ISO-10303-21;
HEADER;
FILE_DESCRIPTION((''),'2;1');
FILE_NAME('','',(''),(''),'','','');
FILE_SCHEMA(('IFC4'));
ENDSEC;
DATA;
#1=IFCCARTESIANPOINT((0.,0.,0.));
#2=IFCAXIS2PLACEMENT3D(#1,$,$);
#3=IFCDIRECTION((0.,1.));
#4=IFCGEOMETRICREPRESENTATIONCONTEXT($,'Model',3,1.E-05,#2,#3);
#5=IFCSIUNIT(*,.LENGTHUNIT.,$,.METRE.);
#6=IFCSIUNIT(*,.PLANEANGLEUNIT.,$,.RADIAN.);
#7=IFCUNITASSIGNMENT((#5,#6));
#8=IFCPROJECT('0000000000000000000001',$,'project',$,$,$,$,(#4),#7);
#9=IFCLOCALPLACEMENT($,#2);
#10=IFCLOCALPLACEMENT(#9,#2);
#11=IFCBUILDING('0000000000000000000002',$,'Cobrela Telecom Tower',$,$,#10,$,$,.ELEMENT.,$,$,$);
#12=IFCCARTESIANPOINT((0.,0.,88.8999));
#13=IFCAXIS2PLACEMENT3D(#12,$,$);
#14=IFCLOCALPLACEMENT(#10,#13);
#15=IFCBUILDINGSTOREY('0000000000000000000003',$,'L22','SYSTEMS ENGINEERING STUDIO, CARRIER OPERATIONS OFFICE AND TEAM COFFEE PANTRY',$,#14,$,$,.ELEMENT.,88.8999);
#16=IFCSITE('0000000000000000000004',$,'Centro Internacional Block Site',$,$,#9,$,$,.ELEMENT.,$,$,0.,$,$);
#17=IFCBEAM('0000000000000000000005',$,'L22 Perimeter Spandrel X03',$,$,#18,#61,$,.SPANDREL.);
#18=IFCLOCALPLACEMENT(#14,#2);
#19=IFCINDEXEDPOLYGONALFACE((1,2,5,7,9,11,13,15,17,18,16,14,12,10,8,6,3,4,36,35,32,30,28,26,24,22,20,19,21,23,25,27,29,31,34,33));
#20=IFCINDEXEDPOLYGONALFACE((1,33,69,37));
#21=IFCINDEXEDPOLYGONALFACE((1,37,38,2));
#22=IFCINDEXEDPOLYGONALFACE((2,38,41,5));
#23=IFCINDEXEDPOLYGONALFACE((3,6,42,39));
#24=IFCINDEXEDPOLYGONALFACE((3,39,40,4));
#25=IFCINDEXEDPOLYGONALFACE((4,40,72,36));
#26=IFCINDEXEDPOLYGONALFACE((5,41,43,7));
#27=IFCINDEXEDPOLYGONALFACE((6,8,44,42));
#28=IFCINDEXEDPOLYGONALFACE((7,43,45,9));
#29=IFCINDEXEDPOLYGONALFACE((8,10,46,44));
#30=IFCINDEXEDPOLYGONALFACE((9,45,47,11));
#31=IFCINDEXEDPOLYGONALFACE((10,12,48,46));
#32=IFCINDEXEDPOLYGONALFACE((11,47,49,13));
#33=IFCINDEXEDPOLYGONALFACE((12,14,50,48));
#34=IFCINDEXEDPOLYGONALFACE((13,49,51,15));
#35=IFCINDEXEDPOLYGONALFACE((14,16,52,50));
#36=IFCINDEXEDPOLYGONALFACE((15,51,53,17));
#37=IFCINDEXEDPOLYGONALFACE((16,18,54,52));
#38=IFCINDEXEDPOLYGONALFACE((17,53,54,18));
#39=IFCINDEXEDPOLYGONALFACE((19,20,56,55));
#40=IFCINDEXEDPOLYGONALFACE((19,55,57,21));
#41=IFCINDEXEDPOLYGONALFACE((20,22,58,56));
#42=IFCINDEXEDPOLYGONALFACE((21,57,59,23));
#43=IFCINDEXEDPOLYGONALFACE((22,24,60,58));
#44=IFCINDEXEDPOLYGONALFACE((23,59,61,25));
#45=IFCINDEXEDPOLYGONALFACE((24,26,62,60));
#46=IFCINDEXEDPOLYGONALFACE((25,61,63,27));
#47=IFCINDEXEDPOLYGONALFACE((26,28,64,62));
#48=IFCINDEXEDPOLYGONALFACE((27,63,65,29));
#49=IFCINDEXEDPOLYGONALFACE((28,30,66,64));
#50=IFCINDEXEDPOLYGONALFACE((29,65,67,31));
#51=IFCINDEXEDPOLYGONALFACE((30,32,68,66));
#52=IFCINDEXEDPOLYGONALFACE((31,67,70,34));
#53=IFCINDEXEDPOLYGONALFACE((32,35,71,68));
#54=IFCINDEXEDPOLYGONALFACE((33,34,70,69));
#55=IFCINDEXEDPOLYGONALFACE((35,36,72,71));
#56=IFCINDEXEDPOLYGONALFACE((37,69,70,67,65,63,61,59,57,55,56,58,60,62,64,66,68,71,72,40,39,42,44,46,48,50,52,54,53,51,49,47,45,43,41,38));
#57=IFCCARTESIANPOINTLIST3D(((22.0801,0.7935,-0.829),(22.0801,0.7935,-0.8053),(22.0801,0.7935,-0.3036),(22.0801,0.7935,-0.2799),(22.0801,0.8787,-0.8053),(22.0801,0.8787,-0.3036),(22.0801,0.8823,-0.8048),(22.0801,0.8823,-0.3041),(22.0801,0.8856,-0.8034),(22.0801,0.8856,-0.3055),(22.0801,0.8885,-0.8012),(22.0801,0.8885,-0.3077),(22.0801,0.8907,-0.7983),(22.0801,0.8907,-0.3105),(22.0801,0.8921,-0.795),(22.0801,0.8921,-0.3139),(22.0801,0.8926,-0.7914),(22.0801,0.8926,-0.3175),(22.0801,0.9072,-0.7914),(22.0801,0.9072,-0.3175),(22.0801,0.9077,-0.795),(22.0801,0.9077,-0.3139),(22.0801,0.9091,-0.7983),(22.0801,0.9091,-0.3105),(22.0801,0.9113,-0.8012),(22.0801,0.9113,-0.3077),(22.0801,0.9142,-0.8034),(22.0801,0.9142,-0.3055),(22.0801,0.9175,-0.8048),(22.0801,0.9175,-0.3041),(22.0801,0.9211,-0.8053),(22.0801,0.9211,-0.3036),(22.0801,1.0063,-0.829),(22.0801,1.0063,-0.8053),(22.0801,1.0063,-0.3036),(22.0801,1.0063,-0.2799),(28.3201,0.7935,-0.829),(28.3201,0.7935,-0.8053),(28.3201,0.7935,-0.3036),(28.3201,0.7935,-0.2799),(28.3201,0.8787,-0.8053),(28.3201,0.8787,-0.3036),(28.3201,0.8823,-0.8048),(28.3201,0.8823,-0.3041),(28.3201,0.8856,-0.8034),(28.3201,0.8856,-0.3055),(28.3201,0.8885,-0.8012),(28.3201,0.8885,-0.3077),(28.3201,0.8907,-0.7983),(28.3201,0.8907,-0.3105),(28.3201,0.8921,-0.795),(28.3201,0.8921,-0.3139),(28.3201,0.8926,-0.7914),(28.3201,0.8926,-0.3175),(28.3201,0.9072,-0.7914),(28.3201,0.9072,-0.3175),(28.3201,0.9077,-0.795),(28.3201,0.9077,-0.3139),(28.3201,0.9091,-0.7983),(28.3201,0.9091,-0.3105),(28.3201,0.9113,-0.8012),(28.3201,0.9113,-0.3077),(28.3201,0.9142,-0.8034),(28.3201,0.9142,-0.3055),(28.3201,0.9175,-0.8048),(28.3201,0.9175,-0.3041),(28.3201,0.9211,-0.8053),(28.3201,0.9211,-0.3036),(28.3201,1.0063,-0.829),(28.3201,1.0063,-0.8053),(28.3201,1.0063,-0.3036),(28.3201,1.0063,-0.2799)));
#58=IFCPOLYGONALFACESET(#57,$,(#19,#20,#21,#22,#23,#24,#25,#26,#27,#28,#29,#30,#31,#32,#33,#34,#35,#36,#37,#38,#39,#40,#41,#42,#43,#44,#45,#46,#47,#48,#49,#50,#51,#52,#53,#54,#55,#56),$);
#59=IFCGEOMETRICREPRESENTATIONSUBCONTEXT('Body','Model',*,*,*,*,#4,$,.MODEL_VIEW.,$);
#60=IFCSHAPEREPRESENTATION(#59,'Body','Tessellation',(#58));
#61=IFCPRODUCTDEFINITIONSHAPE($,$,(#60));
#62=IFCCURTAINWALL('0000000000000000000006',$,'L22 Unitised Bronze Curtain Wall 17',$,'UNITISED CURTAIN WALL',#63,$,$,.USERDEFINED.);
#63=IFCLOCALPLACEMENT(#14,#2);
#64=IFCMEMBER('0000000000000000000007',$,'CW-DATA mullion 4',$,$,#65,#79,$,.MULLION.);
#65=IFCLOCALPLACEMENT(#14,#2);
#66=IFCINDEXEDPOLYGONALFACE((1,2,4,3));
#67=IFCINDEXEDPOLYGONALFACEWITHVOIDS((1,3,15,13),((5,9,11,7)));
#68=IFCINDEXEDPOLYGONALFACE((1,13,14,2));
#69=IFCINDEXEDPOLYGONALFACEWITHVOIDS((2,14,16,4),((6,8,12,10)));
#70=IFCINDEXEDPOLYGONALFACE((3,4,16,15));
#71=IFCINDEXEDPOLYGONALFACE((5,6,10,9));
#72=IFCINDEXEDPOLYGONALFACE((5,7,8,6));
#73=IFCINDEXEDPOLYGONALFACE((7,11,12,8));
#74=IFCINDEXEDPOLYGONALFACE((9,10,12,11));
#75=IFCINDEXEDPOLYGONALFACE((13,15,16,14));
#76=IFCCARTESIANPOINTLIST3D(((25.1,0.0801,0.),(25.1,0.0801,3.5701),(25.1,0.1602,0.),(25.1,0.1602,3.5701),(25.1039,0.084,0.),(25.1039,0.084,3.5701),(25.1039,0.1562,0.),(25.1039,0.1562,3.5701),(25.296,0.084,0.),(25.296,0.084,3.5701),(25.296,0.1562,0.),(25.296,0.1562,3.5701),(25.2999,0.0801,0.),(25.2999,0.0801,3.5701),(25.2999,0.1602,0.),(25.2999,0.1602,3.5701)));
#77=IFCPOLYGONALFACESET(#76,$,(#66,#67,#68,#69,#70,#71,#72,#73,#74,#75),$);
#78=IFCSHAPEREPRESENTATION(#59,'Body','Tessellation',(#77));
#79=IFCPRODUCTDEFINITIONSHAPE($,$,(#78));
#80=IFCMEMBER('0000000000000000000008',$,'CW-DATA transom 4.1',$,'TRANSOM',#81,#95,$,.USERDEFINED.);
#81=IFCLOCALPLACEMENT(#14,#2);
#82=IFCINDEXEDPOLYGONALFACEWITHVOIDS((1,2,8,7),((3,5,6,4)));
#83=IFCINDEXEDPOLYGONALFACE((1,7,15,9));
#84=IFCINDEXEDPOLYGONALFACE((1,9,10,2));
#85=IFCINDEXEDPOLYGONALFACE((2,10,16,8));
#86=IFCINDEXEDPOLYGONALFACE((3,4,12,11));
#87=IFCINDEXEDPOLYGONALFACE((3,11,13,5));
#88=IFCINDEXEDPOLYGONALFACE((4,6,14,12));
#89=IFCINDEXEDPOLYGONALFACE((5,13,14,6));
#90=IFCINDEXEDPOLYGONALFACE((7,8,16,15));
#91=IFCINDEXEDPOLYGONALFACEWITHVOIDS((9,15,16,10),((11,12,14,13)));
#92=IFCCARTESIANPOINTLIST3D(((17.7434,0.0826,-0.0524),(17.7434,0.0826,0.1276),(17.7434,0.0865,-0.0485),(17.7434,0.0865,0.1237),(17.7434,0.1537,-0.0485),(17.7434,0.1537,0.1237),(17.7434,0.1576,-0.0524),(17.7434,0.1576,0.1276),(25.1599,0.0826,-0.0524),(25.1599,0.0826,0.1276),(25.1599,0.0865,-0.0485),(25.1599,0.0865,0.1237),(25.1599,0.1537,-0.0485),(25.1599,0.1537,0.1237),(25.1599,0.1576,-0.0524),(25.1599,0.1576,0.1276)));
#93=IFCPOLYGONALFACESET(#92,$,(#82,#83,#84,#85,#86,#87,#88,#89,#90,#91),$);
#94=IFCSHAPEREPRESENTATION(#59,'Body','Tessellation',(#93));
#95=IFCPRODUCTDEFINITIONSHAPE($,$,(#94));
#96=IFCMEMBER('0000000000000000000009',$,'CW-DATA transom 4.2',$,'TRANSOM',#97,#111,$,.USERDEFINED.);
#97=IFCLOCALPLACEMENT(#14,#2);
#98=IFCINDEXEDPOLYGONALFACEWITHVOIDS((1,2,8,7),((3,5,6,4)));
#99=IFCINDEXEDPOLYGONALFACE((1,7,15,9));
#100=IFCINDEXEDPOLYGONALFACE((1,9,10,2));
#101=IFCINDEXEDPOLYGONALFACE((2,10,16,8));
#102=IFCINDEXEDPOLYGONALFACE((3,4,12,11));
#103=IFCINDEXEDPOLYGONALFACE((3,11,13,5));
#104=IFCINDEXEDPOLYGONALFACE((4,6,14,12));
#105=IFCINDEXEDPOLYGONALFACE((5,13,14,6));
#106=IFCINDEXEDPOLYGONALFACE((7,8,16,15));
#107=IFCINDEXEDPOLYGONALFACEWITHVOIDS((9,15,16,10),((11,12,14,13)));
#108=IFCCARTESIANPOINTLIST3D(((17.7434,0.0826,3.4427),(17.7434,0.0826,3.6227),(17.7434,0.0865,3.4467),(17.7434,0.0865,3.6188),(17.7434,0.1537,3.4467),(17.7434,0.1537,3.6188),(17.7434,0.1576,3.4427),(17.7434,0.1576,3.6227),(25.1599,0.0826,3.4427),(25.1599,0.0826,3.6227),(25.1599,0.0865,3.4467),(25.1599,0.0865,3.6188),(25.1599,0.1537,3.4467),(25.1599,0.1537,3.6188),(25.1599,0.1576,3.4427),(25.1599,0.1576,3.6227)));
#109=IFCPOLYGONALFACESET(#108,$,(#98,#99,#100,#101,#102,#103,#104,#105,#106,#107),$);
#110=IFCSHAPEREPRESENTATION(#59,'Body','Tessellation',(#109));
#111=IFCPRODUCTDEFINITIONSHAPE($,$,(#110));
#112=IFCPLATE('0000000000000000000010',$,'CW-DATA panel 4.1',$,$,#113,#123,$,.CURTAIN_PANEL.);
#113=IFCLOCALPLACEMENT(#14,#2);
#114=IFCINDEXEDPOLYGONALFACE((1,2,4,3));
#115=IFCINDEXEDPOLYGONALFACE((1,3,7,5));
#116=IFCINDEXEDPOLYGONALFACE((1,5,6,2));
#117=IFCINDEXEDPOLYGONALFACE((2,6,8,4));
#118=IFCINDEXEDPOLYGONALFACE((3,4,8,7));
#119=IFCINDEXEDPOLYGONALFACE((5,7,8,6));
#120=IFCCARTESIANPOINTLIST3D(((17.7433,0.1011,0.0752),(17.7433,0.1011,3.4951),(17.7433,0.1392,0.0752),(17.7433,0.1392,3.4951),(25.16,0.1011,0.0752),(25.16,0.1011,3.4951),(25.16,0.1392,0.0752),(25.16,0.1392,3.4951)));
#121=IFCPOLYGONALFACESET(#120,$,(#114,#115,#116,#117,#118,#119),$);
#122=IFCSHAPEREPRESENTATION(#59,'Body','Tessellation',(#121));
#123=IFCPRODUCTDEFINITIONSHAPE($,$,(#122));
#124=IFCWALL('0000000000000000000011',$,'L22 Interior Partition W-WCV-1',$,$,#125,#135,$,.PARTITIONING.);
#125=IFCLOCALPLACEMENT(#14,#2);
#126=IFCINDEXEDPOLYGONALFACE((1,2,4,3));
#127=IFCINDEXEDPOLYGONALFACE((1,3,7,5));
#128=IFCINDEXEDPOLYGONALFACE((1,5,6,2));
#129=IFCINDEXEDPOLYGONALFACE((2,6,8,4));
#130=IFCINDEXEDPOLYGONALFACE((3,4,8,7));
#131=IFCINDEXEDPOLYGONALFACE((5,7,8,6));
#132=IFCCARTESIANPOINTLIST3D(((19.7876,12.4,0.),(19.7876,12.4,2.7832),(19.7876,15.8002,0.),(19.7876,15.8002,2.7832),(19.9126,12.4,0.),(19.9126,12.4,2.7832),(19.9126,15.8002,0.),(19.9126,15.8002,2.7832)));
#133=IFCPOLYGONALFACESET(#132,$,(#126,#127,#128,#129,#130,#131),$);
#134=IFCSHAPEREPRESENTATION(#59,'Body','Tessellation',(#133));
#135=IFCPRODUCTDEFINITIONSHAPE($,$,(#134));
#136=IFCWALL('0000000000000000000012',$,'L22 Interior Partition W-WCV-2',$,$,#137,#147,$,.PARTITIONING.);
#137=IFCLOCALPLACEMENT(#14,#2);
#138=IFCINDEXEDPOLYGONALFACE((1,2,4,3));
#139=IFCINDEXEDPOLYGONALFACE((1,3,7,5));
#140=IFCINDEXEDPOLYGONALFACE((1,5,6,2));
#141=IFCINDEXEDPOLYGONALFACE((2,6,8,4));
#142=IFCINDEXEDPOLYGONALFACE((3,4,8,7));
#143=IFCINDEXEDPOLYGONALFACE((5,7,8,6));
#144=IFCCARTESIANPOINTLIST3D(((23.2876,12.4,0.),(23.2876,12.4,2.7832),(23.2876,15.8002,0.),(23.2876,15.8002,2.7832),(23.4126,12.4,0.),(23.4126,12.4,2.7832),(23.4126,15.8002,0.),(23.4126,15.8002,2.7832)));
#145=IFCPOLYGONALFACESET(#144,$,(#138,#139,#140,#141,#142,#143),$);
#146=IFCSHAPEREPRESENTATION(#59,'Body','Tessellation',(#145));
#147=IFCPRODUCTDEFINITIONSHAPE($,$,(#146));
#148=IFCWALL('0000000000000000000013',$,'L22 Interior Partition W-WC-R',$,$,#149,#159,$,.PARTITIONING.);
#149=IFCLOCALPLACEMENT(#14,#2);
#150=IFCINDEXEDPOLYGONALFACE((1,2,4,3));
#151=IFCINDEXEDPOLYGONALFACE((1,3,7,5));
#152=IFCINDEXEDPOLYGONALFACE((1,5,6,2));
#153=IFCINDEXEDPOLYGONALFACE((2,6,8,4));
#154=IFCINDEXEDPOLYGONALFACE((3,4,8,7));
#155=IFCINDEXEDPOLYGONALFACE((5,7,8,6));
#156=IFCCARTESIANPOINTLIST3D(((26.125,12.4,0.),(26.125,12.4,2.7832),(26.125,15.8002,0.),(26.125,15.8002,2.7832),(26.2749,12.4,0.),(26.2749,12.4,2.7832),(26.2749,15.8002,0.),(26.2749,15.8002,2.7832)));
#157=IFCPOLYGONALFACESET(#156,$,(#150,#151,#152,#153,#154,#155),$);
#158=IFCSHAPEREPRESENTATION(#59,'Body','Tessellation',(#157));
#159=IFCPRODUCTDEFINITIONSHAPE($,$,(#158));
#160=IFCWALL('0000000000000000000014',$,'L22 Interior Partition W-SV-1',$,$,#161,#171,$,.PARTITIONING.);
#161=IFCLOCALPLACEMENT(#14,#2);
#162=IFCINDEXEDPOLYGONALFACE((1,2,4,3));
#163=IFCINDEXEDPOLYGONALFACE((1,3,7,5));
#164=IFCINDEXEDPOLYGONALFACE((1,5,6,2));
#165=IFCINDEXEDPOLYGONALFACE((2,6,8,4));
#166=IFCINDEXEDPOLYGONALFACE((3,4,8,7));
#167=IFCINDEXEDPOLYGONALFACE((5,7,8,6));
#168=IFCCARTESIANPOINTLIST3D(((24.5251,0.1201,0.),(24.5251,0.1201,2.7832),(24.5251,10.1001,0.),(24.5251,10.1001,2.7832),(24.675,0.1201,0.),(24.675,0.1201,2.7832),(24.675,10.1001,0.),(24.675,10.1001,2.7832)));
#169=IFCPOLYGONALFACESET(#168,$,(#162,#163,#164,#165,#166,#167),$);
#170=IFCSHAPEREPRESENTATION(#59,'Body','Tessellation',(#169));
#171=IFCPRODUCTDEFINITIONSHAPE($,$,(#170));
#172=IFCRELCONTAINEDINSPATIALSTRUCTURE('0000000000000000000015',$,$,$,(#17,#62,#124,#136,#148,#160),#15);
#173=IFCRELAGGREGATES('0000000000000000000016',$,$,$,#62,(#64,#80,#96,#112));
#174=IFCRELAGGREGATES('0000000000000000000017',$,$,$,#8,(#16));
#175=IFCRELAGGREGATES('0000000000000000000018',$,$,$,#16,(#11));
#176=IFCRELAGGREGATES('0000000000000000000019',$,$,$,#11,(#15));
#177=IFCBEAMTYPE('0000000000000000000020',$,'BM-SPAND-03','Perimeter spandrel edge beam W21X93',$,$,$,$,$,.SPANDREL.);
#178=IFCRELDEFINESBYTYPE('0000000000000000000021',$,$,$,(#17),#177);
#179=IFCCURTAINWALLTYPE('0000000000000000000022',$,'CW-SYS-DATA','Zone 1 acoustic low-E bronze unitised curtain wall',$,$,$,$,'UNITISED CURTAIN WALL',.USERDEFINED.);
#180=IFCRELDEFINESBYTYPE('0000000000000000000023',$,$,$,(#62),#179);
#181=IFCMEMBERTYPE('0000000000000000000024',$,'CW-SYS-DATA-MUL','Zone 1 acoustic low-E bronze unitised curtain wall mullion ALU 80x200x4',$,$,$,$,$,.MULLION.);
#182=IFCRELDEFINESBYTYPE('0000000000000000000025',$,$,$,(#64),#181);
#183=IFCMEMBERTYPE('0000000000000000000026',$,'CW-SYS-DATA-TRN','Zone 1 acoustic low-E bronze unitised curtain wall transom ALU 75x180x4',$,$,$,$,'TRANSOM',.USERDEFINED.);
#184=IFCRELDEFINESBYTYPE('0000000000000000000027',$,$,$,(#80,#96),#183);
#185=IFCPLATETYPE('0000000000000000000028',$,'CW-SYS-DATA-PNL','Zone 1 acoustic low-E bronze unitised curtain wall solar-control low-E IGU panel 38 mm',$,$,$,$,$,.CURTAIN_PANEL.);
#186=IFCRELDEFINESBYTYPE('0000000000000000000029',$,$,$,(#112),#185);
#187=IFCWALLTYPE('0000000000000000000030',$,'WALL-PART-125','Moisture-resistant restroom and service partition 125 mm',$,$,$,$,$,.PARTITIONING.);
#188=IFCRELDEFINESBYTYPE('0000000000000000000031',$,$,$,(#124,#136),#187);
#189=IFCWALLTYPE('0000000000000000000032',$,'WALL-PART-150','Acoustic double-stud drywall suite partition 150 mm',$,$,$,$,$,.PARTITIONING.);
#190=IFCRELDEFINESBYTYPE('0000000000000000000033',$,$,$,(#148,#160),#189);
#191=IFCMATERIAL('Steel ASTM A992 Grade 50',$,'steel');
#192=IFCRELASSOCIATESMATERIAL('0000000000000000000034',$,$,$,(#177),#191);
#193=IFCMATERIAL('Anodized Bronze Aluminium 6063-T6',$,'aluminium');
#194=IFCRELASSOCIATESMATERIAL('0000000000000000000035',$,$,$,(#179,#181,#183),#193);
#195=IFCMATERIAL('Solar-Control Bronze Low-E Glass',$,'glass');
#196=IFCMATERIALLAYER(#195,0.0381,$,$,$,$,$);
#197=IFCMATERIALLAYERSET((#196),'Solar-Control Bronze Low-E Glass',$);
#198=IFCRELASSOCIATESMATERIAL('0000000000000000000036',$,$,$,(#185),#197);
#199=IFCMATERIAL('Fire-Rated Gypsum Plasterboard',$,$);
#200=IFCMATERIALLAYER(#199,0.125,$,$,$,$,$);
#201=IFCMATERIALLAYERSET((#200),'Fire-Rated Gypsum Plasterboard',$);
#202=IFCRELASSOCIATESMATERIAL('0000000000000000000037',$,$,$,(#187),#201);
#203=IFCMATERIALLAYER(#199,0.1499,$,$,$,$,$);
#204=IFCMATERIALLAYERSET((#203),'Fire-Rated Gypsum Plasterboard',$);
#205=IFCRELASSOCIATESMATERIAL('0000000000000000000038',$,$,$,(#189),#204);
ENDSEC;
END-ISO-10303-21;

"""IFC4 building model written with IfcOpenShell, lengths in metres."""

from ifc_helpers import new_model, si_unit, direction, frame, frame_2d, origin, origin_2d, place, context, subcontext, project, spatial, rectangle, hollow_rectangle, i_section, extrude, material, layer, layer_set, material_profile, profile_set, type_object, element, aggregate, save


model = new_model("IFC4")

# Units and contexts
model_context = context("Model", 3, precision=1e-05, world=origin(), true_north=direction((0.0, 1.0)))
body_context = subcontext(model_context, "Body", "Model", "MODEL_VIEW")
ifc_project = project(units=[si_unit("LENGTHUNIT", "METRE"), si_unit("PLANEANGLEUNIT", "RADIAN")], contexts=[model_context])

# Site, building, storey
site_placement = place(None, origin())
site = spatial("IfcSite", under=ifc_project, at=site_placement, Name="Centro Internacional Block Site", CompositionType="ELEMENT", RefElevation=0.0)
building_placement = place(site_placement, origin())
building = spatial("IfcBuilding", under=site, at=building_placement, Name="Cobrela Telecom Tower", CompositionType="ELEMENT")
storey_placement = place(building_placement, frame((0.0, 0.0, 88.8999)))
storey = spatial("IfcBuildingStorey", under=building, at=storey_placement, Name="L22", Description="SYSTEMS ENGINEERING STUDIO, CARRIER OPERATIONS OFFICE AND TEAM COFFEE PANTRY", CompositionType="ELEMENT", Elevation=88.8999)

# Shared definitions
ifc_material_1 = material(Name="Steel ASTM A992 Grade 50", Category="steel")

# Beam
ifc_material_profile_1 = material_profile(ifc_material_1, i_section(OverallWidth=0.2129, OverallDepth=0.5491, WebThickness=0.0146, FlangeThickness=0.0237, FilletRadius=0.0139, at=origin_2d()), Name="W21X93")
ifc_profile_set_1 = profile_set([ifc_material_profile_1], Name="Steel ASTM A992 Grade 50")
beam_type_1 = type_object("IfcBeamType", Name="BM-SPAND-03", Description="Perimeter spandrel edge beam W21X93", PredefinedType="SPANDREL", material=ifc_profile_set_1)
beam_1_placement = place(storey_placement, frame((22.0801, 0.8999, -0.5544), z_axis=(1.0, 0.0, 0.0), x_axis=(0.0, 1.0, 0.0)))
element("IfcBeam", 1, at=beam_1_placement, inside=storey, type_object=beam_type_1, Name="L22 Perimeter Spandrel X03", PredefinedType="SPANDREL", context=body_context, shape_type="SweptSolid", body=[
    extrude(i_section(OverallWidth=0.2129, OverallDepth=0.5491, WebThickness=0.0146, FlangeThickness=0.0237, FilletRadius=0.0139, at=origin_2d()), origin(), (0.0, 0.0, 1.0), 6.24),
])

# Curtain wall, members, plate
ifc_material_2 = material(Name="Anodized Bronze Aluminium 6063-T6", Category="aluminium")
curtain_wall_type = type_object("IfcCurtainWallType", Name="CW-SYS-DATA", Description="Zone 1 acoustic low-E bronze unitised curtain wall", ElementType="UNITISED CURTAIN WALL", PredefinedType="USERDEFINED", material=ifc_material_2)
curtain_wall_placement = place(storey_placement, origin())
curtain_wall = element("IfcCurtainWall", 2, at=curtain_wall_placement, inside=storey, type_object=curtain_wall_type, Name="L22 Unitised Bronze Curtain Wall 17", ObjectType="UNITISED CURTAIN WALL", PredefinedType="USERDEFINED")
ifc_material_profile_2 = material_profile(ifc_material_2, hollow_rectangle(XDim=0.0801, YDim=0.2, WallThickness=0.0039, at=origin_2d()), Name="ALU 80x200x4")
ifc_profile_set_2 = profile_set([ifc_material_profile_2], Name="Anodized Bronze Aluminium 6063-T6")
member_type_1 = type_object("IfcMemberType", Name="CW-SYS-DATA-MUL", Description="Zone 1 acoustic low-E bronze unitised curtain wall mullion ALU 80x200x4", PredefinedType="MULLION", material=ifc_profile_set_2)
member_1_placement = place(storey_placement, frame((25.2, 0.1201, 0.0), z_axis=(0.0, 0.0, 1.0), x_axis=(0.0, -1.0, 0.0)))
member_1 = element("IfcMember", 3, at=member_1_placement, type_object=member_type_1, Name="CW-DATA mullion 4", PredefinedType="MULLION", context=body_context, shape_type="SweptSolid", body=[
    extrude(hollow_rectangle(XDim=0.0801, YDim=0.2, WallThickness=0.0039, at=origin_2d()), origin(), (0.0, 0.0, 1.0), 3.5701),
])
ifc_material_profile_3 = material_profile(ifc_material_2, hollow_rectangle(XDim=0.075, YDim=0.1799, WallThickness=0.0039, at=origin_2d()), Name="ALU 75x180x4")
ifc_profile_set_3 = profile_set([ifc_material_profile_3], Name="Anodized Bronze Aluminium 6063-T6")
member_type_2 = type_object("IfcMemberType", Name="CW-SYS-DATA-TRN", Description="Zone 1 acoustic low-E bronze unitised curtain wall transom ALU 75x180x4", ElementType="TRANSOM", PredefinedType="USERDEFINED", material=ifc_profile_set_3)
member_2_placement = place(storey_placement, frame((25.1599, 0.1201, 0.0376), z_axis=(-1.0, 0.0, 0.0), x_axis=(0.0, -1.0, 0.0)))
member_2 = element("IfcMember", 4, at=member_2_placement, type_object=member_type_2, Name="CW-DATA transom 4.1", ObjectType="TRANSOM", PredefinedType="USERDEFINED", context=body_context, shape_type="SweptSolid", body=[
    extrude(hollow_rectangle(XDim=0.075, YDim=0.1799, WallThickness=0.0039, at=origin_2d()), origin(), (0.0, 0.0, 1.0), 7.4165),
])
member_3_placement = place(storey_placement, frame((25.1599, 0.1201, 3.5327), z_axis=(-1.0, 0.0, 0.0), x_axis=(0.0, -1.0, 0.0)))
member_3 = element("IfcMember", 5, at=member_3_placement, type_object=member_type_2, Name="CW-DATA transom 4.2", ObjectType="TRANSOM", PredefinedType="USERDEFINED", context=body_context, shape_type="SweptSolid", body=[
    extrude(hollow_rectangle(XDim=0.075, YDim=0.1799, WallThickness=0.0039, at=origin_2d()), origin(), (0.0, 0.0, 1.0), 7.4165),
])
ifc_material_3 = material(Name="Solar-Control Bronze Low-E Glass", Category="glass")
ifc_layer_1 = layer(ifc_material_3, 0.0381)
ifc_layer_set_1 = layer_set([ifc_layer_1], Name="Solar-Control Bronze Low-E Glass")
plate_type = type_object("IfcPlateType", Name="CW-SYS-DATA-PNL", Description="Zone 1 acoustic low-E bronze unitised curtain wall solar-control low-E IGU panel 38 mm", PredefinedType="CURTAIN_PANEL", material=ifc_layer_set_1)
plate_placement = place(storey_placement, frame((21.4517, 0.1201, 0.0752), z_axis=(0.0, 0.0, 1.0), x_axis=(-1.0, 0.0, 0.0)))
plate = element("IfcPlate", 6, at=plate_placement, type_object=plate_type, Name="CW-DATA panel 4.1", PredefinedType="CURTAIN_PANEL", context=body_context, shape_type="SweptSolid", body=[
    extrude(rectangle(XDim=7.4167, YDim=0.0381, at=origin_2d()), origin(), (0.0, 0.0, 1.0), 3.4199),
])
aggregate(curtain_wall, [member_1, member_2, member_3, plate])

# Walls
ifc_material_4 = material(Name="Fire-Rated Gypsum Plasterboard")
ifc_layer_2 = layer(ifc_material_4, 0.125)
ifc_layer_set_2 = layer_set([ifc_layer_2], Name="Fire-Rated Gypsum Plasterboard")
wall_type_1 = type_object("IfcWallType", Name="WALL-PART-125", Description="Moisture-resistant restroom and service partition 125 mm", PredefinedType="PARTITIONING", material=ifc_layer_set_2)
for number, where, z_axis, x_axis, name in (
    (7, (19.8501, 12.3999, 0.0), (0.0, 0.0, 1.0), (0.0, 1.0, 0.0), "L22 Interior Partition W-WCV-1"),
    (8, (23.3501, 12.3999, 0.0), (0.0, 0.0, 1.0), (0.0, 1.0, 0.0), "L22 Interior Partition W-WCV-2"),
):
    element("IfcWall", number, at=place(storey_placement, frame(where, z_axis=z_axis, x_axis=x_axis)), inside=storey, type_object=wall_type_1, Name=name, PredefinedType="PARTITIONING", context=body_context, shape_type="SweptSolid", body=[
        extrude(rectangle(XDim=3.4001, YDim=0.125, at=frame_2d((1.7002, 0.0))), origin(), (0.0, 0.0, 1.0), 2.7832),
    ])
ifc_layer_3 = layer(ifc_material_4, 0.1499)
ifc_layer_set_3 = layer_set([ifc_layer_3], Name="Fire-Rated Gypsum Plasterboard")
wall_type_2 = type_object("IfcWallType", Name="WALL-PART-150", Description="Acoustic double-stud drywall suite partition 150 mm", PredefinedType="PARTITIONING", material=ifc_layer_set_3)
wall_1_placement = place(storey_placement, frame((26.2, 12.3999, 0.0), z_axis=(0.0, 0.0, 1.0), x_axis=(0.0, 1.0, 0.0)))
element("IfcWall", 9, at=wall_1_placement, inside=storey, type_object=wall_type_2, Name="L22 Interior Partition W-WC-R", PredefinedType="PARTITIONING", context=body_context, shape_type="SweptSolid", body=[
    extrude(rectangle(XDim=3.4001, YDim=0.1499, at=frame_2d((1.7002, 0.0))), origin(), (0.0, 0.0, 1.0), 2.7832),
])
wall_2_placement = place(storey_placement, frame((24.6001, 0.1201, 0.0), z_axis=(0.0, 0.0, 1.0), x_axis=(0.0, 1.0, 0.0)))
element("IfcWall", 10, at=wall_2_placement, inside=storey, type_object=wall_type_2, Name="L22 Interior Partition W-SV-1", PredefinedType="PARTITIONING", context=body_context, shape_type="SweptSolid", body=[
    extrude(rectangle(XDim=9.98, YDim=0.1499, at=frame_2d((4.99, 0.0))), origin(), (0.0, 0.0, 1.0), 2.7832),
])

save(model, "model.ifc")
